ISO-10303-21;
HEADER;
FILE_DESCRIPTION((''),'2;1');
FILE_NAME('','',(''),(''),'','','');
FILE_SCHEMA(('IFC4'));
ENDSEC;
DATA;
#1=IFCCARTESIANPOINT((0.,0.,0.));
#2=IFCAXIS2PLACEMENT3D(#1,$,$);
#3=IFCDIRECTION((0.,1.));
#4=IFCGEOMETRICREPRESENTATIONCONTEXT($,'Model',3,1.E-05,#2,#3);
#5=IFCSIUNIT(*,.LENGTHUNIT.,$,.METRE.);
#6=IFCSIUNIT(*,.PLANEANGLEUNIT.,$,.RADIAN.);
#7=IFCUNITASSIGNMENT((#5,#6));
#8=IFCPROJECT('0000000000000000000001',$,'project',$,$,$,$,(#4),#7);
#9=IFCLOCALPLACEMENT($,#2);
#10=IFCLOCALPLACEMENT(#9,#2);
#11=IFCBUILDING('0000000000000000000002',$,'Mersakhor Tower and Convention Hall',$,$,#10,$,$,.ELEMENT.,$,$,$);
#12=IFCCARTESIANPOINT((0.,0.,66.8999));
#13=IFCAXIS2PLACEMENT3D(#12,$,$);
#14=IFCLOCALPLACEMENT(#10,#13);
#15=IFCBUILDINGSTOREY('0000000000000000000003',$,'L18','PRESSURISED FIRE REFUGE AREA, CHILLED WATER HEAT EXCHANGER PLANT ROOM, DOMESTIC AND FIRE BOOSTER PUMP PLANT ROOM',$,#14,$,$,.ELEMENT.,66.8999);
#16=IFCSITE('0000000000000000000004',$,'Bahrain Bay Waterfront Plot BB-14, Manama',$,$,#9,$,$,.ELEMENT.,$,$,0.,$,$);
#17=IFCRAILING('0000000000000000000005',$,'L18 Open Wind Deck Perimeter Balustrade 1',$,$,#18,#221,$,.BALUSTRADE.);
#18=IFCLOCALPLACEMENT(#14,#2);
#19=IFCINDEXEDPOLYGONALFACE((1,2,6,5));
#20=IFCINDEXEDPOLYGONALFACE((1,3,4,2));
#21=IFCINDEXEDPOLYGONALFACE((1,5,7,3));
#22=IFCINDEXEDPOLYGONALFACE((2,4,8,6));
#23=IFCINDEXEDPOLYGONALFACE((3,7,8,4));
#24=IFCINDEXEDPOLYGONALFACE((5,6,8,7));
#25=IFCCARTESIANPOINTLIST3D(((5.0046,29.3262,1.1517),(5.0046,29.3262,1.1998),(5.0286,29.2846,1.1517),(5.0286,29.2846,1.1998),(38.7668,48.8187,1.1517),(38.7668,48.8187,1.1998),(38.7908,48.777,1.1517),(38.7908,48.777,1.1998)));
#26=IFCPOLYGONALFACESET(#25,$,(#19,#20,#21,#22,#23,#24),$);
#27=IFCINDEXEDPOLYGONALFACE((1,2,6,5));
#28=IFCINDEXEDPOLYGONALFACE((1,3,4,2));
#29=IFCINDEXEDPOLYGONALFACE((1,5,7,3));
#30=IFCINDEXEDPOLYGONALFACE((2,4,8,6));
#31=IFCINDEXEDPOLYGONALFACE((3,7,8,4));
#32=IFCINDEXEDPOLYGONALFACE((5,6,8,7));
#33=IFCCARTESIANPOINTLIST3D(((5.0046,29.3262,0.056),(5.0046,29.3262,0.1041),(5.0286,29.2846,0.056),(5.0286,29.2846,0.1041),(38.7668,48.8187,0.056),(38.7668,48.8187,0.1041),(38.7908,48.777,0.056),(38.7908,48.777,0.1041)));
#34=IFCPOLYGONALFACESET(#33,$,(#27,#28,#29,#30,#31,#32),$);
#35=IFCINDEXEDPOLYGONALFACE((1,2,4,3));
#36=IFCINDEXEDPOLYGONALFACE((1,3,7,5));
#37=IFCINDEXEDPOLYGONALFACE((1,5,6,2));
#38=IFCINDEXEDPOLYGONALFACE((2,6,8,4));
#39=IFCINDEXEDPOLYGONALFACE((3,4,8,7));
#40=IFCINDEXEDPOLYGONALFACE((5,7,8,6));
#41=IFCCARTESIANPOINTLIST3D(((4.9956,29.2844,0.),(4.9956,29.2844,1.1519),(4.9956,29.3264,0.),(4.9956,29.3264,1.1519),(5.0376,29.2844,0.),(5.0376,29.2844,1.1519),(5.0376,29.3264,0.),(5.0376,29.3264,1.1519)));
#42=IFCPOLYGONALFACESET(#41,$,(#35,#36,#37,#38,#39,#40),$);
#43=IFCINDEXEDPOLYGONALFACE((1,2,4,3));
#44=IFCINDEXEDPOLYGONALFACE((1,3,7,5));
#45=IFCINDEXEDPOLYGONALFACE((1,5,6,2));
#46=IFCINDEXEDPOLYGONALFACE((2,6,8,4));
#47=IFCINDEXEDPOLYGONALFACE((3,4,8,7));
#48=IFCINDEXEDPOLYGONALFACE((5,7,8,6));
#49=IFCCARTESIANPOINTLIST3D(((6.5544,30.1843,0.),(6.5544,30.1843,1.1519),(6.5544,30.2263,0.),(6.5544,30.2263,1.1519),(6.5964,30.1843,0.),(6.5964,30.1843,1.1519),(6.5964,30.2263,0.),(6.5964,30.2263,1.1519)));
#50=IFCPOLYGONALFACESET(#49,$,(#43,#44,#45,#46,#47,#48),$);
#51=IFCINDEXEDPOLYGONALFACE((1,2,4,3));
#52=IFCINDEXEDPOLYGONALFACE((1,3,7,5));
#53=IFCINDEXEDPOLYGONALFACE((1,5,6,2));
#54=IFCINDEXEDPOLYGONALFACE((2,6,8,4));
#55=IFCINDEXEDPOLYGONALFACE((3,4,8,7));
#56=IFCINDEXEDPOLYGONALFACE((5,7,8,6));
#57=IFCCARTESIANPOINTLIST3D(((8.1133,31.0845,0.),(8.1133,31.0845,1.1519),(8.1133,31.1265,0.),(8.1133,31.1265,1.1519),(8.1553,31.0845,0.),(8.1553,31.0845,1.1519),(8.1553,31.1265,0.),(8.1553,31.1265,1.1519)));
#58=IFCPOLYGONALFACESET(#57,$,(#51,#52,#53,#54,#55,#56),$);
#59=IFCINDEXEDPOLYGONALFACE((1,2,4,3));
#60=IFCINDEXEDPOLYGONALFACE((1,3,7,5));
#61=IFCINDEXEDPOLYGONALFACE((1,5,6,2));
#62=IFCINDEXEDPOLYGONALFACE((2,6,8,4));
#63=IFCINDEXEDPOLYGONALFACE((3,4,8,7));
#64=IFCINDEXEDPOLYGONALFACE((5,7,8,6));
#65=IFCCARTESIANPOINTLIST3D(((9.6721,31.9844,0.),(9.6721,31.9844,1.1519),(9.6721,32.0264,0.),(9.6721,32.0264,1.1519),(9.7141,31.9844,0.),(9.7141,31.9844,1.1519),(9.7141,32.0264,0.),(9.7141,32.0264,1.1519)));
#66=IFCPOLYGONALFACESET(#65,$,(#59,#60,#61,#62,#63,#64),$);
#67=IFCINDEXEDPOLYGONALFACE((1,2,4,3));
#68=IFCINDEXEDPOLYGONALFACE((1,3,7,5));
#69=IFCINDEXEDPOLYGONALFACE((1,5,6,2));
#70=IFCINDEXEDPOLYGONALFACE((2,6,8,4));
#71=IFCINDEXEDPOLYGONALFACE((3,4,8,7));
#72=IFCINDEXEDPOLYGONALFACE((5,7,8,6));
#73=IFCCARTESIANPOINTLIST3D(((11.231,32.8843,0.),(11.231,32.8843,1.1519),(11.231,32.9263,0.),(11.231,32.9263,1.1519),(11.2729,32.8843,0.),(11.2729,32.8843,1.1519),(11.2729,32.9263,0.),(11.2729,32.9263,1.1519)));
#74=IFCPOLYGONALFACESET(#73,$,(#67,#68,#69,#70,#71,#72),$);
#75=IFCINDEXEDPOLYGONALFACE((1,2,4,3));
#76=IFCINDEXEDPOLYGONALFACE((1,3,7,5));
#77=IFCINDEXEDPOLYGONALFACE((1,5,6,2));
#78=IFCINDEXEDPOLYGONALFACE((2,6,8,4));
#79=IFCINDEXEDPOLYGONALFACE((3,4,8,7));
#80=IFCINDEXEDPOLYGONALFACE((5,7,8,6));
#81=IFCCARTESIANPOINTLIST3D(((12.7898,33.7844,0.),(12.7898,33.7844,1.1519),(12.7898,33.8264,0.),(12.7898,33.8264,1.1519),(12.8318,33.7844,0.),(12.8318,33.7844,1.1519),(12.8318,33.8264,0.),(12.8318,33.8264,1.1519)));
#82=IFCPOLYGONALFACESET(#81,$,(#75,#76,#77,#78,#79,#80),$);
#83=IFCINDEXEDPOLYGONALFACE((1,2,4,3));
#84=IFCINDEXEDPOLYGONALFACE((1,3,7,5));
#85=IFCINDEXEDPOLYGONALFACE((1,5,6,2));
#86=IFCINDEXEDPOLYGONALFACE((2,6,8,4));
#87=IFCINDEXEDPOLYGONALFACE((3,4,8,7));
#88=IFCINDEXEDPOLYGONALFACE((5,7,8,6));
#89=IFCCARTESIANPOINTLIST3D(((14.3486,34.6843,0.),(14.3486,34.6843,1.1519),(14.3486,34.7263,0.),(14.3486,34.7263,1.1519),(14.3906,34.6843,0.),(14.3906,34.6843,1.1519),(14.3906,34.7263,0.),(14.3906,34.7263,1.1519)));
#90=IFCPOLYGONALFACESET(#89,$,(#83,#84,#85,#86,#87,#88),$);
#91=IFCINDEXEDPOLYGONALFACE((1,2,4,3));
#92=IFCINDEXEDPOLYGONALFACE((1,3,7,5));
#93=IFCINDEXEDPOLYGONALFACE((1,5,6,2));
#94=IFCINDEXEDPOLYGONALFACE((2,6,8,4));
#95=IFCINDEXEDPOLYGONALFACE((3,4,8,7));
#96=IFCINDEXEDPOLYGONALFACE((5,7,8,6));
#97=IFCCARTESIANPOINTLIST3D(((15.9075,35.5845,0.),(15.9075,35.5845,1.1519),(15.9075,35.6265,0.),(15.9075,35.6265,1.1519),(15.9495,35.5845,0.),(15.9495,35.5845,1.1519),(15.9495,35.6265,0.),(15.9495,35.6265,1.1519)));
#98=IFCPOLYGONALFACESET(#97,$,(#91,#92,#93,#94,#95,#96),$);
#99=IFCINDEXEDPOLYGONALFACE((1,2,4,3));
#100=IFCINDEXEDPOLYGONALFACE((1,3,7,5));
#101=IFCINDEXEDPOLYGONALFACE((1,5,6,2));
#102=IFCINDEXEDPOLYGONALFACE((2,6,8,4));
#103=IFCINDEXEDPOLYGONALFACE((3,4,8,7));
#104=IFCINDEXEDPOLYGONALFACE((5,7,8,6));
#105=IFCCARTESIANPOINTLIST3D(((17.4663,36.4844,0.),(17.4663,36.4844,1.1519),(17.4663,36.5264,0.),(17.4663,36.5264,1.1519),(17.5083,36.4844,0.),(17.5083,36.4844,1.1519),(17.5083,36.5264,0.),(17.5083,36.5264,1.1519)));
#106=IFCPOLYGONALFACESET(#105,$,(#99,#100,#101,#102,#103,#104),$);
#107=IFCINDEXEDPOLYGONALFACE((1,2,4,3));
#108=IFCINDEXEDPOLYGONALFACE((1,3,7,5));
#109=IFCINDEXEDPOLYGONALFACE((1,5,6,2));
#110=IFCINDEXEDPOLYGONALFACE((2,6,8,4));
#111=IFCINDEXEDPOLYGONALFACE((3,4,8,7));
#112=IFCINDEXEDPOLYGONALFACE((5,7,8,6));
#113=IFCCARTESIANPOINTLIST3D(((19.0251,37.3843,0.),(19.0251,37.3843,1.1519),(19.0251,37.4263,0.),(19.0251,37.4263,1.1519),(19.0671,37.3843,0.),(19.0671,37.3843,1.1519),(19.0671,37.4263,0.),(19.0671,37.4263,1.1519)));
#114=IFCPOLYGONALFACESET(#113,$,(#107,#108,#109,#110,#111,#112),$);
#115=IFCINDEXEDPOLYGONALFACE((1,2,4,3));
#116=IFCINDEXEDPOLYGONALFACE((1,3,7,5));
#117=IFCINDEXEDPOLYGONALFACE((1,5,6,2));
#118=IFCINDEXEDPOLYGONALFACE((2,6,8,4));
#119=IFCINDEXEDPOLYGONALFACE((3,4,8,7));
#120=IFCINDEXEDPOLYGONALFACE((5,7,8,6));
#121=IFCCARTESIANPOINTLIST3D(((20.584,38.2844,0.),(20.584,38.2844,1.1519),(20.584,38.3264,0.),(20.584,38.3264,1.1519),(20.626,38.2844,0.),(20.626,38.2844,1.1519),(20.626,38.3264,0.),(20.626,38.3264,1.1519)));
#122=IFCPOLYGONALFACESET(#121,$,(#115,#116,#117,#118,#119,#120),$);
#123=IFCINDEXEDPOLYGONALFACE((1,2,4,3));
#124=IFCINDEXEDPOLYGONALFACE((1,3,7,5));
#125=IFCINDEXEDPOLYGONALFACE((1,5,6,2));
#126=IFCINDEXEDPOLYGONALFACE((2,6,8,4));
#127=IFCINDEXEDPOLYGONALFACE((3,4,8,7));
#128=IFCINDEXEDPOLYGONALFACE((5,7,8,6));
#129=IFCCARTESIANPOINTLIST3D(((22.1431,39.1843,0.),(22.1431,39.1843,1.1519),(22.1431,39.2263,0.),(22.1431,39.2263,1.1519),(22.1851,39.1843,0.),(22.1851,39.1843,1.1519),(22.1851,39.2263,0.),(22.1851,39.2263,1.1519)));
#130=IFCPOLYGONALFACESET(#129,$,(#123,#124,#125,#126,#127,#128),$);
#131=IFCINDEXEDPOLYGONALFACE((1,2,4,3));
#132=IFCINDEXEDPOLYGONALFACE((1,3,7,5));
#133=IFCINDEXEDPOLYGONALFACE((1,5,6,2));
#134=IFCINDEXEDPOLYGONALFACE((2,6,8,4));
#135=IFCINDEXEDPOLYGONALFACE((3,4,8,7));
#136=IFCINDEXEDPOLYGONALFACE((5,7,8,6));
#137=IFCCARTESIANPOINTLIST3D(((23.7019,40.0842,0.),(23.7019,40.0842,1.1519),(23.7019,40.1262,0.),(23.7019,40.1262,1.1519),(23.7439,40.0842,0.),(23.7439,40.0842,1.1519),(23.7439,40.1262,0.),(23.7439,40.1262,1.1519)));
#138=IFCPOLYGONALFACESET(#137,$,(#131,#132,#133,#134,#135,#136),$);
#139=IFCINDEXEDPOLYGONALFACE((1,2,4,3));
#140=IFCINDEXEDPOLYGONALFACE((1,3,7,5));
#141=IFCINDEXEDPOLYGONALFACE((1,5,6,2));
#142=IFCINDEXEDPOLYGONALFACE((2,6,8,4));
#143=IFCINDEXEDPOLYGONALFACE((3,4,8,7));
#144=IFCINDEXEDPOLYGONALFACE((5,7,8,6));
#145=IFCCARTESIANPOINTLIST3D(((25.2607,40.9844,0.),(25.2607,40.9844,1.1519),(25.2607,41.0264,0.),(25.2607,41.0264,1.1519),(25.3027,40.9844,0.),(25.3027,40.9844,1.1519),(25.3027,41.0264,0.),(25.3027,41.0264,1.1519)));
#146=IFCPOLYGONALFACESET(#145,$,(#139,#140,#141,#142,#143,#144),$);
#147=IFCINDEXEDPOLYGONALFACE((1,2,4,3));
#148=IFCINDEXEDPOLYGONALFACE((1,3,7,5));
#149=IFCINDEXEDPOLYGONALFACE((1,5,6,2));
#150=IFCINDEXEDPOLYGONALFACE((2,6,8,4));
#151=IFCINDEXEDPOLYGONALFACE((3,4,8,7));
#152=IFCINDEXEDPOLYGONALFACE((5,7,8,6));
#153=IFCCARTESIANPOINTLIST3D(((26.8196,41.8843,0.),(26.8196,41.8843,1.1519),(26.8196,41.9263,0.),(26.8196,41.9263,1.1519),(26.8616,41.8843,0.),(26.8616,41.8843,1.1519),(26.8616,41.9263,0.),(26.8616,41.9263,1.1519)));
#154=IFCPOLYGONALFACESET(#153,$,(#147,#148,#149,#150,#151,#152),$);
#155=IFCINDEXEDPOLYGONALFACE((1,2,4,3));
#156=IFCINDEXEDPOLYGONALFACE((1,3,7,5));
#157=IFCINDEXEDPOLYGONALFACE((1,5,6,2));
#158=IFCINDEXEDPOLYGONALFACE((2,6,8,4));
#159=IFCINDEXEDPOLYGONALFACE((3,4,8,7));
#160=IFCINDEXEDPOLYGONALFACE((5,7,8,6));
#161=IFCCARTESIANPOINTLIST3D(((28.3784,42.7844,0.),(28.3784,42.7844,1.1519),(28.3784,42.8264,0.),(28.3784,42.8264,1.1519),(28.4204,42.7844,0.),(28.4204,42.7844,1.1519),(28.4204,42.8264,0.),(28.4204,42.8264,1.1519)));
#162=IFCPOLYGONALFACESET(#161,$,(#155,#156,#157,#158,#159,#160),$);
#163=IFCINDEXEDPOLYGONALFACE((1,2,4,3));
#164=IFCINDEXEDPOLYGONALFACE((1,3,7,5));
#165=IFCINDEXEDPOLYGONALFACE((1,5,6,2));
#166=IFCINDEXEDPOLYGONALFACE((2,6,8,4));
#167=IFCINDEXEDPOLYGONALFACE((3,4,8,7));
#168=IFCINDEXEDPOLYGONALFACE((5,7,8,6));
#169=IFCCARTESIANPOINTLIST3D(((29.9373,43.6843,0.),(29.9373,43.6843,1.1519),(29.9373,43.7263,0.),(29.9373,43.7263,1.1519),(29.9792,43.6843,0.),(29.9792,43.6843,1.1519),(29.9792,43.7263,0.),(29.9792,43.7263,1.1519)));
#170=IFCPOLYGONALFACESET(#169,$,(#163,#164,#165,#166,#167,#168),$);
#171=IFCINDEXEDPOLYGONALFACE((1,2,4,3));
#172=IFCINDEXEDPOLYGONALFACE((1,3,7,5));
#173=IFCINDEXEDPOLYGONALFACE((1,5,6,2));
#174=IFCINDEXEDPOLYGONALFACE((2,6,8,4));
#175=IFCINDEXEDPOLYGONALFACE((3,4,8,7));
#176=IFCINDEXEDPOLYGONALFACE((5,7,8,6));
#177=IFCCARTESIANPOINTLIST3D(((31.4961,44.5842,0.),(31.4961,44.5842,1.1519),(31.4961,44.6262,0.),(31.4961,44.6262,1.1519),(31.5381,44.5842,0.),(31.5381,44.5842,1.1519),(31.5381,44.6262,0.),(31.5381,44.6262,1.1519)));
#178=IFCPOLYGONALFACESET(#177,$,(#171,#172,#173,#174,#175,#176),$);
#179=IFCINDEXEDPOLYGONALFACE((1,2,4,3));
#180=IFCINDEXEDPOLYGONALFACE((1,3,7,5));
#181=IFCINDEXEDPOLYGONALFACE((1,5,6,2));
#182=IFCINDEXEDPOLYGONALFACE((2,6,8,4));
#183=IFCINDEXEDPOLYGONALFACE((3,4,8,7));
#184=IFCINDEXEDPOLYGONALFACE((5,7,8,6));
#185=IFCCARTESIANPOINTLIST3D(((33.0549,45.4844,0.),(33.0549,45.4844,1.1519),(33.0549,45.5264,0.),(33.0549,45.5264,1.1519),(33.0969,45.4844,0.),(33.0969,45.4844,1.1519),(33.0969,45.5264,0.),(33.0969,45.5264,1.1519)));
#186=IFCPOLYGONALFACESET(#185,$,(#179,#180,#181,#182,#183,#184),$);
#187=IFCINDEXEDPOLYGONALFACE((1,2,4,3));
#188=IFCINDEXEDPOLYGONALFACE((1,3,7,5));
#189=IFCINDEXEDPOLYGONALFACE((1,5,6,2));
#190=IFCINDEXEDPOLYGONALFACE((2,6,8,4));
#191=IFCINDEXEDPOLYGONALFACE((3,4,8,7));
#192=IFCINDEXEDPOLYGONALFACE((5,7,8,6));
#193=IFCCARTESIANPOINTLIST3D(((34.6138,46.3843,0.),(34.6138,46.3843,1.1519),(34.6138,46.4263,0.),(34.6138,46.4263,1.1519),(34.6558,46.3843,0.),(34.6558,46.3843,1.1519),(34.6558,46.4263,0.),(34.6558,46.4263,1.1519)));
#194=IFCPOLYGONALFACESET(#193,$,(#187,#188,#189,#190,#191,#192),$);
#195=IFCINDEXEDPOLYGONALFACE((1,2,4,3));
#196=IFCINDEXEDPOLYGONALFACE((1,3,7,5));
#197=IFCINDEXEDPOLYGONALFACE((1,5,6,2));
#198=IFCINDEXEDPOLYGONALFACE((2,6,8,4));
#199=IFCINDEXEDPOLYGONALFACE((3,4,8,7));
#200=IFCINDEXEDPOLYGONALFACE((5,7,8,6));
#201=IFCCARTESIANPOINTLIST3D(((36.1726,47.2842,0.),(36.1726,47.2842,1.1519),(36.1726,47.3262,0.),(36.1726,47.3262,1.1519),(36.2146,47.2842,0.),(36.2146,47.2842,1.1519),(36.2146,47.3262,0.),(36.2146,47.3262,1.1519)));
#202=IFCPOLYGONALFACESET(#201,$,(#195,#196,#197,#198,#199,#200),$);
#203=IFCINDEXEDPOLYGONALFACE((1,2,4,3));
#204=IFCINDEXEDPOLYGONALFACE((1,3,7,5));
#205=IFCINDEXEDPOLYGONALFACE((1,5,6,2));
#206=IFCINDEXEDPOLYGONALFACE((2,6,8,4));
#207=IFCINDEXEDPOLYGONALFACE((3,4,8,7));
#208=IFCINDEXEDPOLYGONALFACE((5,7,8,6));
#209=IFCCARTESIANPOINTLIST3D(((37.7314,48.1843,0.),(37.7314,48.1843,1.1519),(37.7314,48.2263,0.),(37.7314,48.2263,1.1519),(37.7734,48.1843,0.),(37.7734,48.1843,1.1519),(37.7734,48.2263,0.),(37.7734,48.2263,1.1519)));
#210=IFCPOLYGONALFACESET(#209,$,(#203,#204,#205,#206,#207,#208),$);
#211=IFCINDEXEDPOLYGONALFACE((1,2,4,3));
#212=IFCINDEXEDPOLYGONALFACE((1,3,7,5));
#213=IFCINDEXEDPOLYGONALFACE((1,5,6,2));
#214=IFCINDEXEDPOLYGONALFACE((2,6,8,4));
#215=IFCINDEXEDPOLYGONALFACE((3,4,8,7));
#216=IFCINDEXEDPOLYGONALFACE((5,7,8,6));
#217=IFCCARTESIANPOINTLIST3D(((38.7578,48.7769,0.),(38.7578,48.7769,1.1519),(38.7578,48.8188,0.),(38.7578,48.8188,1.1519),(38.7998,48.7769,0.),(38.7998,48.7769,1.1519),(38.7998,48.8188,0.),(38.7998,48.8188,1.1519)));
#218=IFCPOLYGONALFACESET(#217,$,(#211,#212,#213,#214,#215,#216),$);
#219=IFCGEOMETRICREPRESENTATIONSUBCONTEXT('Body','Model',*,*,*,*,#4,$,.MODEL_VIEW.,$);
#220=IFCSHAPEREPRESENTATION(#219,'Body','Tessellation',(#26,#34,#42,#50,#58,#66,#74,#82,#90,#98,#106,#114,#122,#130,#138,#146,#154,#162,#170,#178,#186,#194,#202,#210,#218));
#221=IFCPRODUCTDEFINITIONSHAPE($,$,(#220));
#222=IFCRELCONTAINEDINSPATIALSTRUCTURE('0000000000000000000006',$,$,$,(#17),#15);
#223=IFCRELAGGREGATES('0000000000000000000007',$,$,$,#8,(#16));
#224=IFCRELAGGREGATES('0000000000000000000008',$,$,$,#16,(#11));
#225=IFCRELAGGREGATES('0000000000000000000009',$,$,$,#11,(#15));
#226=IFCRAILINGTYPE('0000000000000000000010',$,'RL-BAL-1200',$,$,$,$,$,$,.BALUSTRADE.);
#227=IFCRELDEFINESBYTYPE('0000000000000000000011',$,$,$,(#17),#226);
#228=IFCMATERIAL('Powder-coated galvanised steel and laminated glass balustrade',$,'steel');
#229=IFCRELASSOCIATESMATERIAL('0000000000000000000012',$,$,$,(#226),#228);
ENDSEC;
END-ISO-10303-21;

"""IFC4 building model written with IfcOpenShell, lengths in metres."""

from ifc_helpers import new_model, si_unit, direction, frame, origin, origin_2d, place, context, subcontext, project, spatial, rectangle, extrude, material, type_object, element, save


model = new_model("IFC4")

# Units and contexts
model_context = context("Model", 3, precision=1e-05, world=origin(), true_north=direction((0.0, 1.0)))
body_context = subcontext(model_context, "Body", "Model", "MODEL_VIEW")
ifc_project = project(units=[si_unit("LENGTHUNIT", "METRE"), si_unit("PLANEANGLEUNIT", "RADIAN")], contexts=[model_context])

# Site, building, storey
site_placement = place(None, origin())
site = spatial("IfcSite", under=ifc_project, at=site_placement, Name="Bahrain Bay Waterfront Plot BB-14, Manama", CompositionType="ELEMENT", RefElevation=0.0)
building_placement = place(site_placement, origin())
building = spatial("IfcBuilding", under=site, at=building_placement, Name="Mersakhor Tower and Convention Hall", CompositionType="ELEMENT")
storey_placement = place(building_placement, frame((0.0, 0.0, 66.8999)))
storey = spatial("IfcBuildingStorey", under=building, at=storey_placement, Name="L18", Description="PRESSURISED FIRE REFUGE AREA, CHILLED WATER HEAT EXCHANGER PLANT ROOM, DOMESTIC AND FIRE BOOSTER PUMP PLANT ROOM", CompositionType="ELEMENT", Elevation=66.8999)

# Railing
ifc_material_1 = material(Name="Powder-coated galvanised steel and laminated glass balustrade", Category="steel")
railing_type_1 = type_object("IfcRailingType", Name="RL-BAL-1200", PredefinedType="BALUSTRADE", material=ifc_material_1)
railing_1_placement = place(storey_placement, frame((5.0166, 29.3054, 0.0)))
element("IfcRailing", 1, at=railing_1_placement, inside=storey, type_object=railing_type_1, Name="L18 Open Wind Deck Perimeter Balustrade 1", PredefinedType="BALUSTRADE", context=body_context, shape_type="SweptSolid", body=[
    extrude(rectangle(XDim=0.0481, YDim=0.0481, at=origin_2d()), frame((0.0, 0.0, 1.1758), z_axis=(0.866027, 0.499996, 0.0), x_axis=(-0.499996, 0.866027, 0.0)), (0.0, 0.0, 1.0), 38.9851),
    extrude(rectangle(XDim=0.0481, YDim=0.0481, at=origin_2d()), frame((0.0, 0.0, 0.0801), z_axis=(0.866027, 0.499996, 0.0), x_axis=(-0.499996, 0.866027, 0.0)), (0.0, 0.0, 1.0), 38.9851),
    extrude(rectangle(XDim=0.042, YDim=0.042, at=origin_2d()), origin(), (0.0, 0.0, 1.0), 1.1519),
    extrude(rectangle(XDim=0.042, YDim=0.042, at=origin_2d()), frame((1.5588, 0.8999, 0.0)), (0.0, 0.0, 1.0), 1.1519),
    extrude(rectangle(XDim=0.042, YDim=0.042, at=origin_2d()), frame((3.1177, 1.8, 0.0)), (0.0, 0.0, 1.0), 1.1519),
    extrude(rectangle(XDim=0.042, YDim=0.042, at=origin_2d()), frame((4.6765, 2.7, 0.0)), (0.0, 0.0, 1.0), 1.1519),
    extrude(rectangle(XDim=0.042, YDim=0.042, at=origin_2d()), frame((6.2354, 3.5999, 0.0)), (0.0, 0.0, 1.0), 1.1519),
    extrude(rectangle(XDim=0.042, YDim=0.042, at=origin_2d()), frame((7.7942, 4.5, 0.0)), (0.0, 0.0, 1.0), 1.1519),
    extrude(rectangle(XDim=0.042, YDim=0.042, at=origin_2d()), frame((9.353, 5.3999, 0.0)), (0.0, 0.0, 1.0), 1.1519),
    extrude(rectangle(XDim=0.042, YDim=0.042, at=origin_2d()), frame((10.9119, 6.3, 0.0)), (0.0, 0.0, 1.0), 1.1519),
    extrude(rectangle(XDim=0.042, YDim=0.042, at=origin_2d()), frame((12.4707, 7.2, 0.0)), (0.0, 0.0, 1.0), 1.1519),
    extrude(rectangle(XDim=0.042, YDim=0.042, at=origin_2d()), frame((14.0295, 8.0999, 0.0)), (0.0, 0.0, 1.0), 1.1519),
    extrude(rectangle(XDim=0.042, YDim=0.042, at=origin_2d()), frame((15.5884, 9.0, 0.0)), (0.0, 0.0, 1.0), 1.1519),
    extrude(rectangle(XDim=0.042, YDim=0.042, at=origin_2d()), frame((17.1475, 9.8999, 0.0)), (0.0, 0.0, 1.0), 1.1519),
    extrude(rectangle(XDim=0.042, YDim=0.042, at=origin_2d()), frame((18.7063, 10.7998, 0.0)), (0.0, 0.0, 1.0), 1.1519),
    extrude(rectangle(XDim=0.042, YDim=0.042, at=origin_2d()), frame((20.2651, 11.7, 0.0)), (0.0, 0.0, 1.0), 1.1519),
    extrude(rectangle(XDim=0.042, YDim=0.042, at=origin_2d()), frame((21.824, 12.5999, 0.0)), (0.0, 0.0, 1.0), 1.1519),
    extrude(rectangle(XDim=0.042, YDim=0.042, at=origin_2d()), frame((23.3828, 13.5, 0.0)), (0.0, 0.0, 1.0), 1.1519),
    extrude(rectangle(XDim=0.042, YDim=0.042, at=origin_2d()), frame((24.9417, 14.3999, 0.0)), (0.0, 0.0, 1.0), 1.1519),
    extrude(rectangle(XDim=0.042, YDim=0.042, at=origin_2d()), frame((26.5005, 15.2998, 0.0)), (0.0, 0.0, 1.0), 1.1519),
    extrude(rectangle(XDim=0.042, YDim=0.042, at=origin_2d()), frame((28.0593, 16.2, 0.0)), (0.0, 0.0, 1.0), 1.1519),
    extrude(rectangle(XDim=0.042, YDim=0.042, at=origin_2d()), frame((29.6182, 17.0999, 0.0)), (0.0, 0.0, 1.0), 1.1519),
    extrude(rectangle(XDim=0.042, YDim=0.042, at=origin_2d()), frame((31.177, 17.9998, 0.0)), (0.0, 0.0, 1.0), 1.1519),
    extrude(rectangle(XDim=0.042, YDim=0.042, at=origin_2d()), frame((32.7358, 18.8999, 0.0)), (0.0, 0.0, 1.0), 1.1519),
    extrude(rectangle(XDim=0.042, YDim=0.042, at=origin_2d()), frame((33.7622, 19.4924, 0.0)), (0.0, 0.0, 1.0), 1.1519),
])

save(model, "model.ifc")
